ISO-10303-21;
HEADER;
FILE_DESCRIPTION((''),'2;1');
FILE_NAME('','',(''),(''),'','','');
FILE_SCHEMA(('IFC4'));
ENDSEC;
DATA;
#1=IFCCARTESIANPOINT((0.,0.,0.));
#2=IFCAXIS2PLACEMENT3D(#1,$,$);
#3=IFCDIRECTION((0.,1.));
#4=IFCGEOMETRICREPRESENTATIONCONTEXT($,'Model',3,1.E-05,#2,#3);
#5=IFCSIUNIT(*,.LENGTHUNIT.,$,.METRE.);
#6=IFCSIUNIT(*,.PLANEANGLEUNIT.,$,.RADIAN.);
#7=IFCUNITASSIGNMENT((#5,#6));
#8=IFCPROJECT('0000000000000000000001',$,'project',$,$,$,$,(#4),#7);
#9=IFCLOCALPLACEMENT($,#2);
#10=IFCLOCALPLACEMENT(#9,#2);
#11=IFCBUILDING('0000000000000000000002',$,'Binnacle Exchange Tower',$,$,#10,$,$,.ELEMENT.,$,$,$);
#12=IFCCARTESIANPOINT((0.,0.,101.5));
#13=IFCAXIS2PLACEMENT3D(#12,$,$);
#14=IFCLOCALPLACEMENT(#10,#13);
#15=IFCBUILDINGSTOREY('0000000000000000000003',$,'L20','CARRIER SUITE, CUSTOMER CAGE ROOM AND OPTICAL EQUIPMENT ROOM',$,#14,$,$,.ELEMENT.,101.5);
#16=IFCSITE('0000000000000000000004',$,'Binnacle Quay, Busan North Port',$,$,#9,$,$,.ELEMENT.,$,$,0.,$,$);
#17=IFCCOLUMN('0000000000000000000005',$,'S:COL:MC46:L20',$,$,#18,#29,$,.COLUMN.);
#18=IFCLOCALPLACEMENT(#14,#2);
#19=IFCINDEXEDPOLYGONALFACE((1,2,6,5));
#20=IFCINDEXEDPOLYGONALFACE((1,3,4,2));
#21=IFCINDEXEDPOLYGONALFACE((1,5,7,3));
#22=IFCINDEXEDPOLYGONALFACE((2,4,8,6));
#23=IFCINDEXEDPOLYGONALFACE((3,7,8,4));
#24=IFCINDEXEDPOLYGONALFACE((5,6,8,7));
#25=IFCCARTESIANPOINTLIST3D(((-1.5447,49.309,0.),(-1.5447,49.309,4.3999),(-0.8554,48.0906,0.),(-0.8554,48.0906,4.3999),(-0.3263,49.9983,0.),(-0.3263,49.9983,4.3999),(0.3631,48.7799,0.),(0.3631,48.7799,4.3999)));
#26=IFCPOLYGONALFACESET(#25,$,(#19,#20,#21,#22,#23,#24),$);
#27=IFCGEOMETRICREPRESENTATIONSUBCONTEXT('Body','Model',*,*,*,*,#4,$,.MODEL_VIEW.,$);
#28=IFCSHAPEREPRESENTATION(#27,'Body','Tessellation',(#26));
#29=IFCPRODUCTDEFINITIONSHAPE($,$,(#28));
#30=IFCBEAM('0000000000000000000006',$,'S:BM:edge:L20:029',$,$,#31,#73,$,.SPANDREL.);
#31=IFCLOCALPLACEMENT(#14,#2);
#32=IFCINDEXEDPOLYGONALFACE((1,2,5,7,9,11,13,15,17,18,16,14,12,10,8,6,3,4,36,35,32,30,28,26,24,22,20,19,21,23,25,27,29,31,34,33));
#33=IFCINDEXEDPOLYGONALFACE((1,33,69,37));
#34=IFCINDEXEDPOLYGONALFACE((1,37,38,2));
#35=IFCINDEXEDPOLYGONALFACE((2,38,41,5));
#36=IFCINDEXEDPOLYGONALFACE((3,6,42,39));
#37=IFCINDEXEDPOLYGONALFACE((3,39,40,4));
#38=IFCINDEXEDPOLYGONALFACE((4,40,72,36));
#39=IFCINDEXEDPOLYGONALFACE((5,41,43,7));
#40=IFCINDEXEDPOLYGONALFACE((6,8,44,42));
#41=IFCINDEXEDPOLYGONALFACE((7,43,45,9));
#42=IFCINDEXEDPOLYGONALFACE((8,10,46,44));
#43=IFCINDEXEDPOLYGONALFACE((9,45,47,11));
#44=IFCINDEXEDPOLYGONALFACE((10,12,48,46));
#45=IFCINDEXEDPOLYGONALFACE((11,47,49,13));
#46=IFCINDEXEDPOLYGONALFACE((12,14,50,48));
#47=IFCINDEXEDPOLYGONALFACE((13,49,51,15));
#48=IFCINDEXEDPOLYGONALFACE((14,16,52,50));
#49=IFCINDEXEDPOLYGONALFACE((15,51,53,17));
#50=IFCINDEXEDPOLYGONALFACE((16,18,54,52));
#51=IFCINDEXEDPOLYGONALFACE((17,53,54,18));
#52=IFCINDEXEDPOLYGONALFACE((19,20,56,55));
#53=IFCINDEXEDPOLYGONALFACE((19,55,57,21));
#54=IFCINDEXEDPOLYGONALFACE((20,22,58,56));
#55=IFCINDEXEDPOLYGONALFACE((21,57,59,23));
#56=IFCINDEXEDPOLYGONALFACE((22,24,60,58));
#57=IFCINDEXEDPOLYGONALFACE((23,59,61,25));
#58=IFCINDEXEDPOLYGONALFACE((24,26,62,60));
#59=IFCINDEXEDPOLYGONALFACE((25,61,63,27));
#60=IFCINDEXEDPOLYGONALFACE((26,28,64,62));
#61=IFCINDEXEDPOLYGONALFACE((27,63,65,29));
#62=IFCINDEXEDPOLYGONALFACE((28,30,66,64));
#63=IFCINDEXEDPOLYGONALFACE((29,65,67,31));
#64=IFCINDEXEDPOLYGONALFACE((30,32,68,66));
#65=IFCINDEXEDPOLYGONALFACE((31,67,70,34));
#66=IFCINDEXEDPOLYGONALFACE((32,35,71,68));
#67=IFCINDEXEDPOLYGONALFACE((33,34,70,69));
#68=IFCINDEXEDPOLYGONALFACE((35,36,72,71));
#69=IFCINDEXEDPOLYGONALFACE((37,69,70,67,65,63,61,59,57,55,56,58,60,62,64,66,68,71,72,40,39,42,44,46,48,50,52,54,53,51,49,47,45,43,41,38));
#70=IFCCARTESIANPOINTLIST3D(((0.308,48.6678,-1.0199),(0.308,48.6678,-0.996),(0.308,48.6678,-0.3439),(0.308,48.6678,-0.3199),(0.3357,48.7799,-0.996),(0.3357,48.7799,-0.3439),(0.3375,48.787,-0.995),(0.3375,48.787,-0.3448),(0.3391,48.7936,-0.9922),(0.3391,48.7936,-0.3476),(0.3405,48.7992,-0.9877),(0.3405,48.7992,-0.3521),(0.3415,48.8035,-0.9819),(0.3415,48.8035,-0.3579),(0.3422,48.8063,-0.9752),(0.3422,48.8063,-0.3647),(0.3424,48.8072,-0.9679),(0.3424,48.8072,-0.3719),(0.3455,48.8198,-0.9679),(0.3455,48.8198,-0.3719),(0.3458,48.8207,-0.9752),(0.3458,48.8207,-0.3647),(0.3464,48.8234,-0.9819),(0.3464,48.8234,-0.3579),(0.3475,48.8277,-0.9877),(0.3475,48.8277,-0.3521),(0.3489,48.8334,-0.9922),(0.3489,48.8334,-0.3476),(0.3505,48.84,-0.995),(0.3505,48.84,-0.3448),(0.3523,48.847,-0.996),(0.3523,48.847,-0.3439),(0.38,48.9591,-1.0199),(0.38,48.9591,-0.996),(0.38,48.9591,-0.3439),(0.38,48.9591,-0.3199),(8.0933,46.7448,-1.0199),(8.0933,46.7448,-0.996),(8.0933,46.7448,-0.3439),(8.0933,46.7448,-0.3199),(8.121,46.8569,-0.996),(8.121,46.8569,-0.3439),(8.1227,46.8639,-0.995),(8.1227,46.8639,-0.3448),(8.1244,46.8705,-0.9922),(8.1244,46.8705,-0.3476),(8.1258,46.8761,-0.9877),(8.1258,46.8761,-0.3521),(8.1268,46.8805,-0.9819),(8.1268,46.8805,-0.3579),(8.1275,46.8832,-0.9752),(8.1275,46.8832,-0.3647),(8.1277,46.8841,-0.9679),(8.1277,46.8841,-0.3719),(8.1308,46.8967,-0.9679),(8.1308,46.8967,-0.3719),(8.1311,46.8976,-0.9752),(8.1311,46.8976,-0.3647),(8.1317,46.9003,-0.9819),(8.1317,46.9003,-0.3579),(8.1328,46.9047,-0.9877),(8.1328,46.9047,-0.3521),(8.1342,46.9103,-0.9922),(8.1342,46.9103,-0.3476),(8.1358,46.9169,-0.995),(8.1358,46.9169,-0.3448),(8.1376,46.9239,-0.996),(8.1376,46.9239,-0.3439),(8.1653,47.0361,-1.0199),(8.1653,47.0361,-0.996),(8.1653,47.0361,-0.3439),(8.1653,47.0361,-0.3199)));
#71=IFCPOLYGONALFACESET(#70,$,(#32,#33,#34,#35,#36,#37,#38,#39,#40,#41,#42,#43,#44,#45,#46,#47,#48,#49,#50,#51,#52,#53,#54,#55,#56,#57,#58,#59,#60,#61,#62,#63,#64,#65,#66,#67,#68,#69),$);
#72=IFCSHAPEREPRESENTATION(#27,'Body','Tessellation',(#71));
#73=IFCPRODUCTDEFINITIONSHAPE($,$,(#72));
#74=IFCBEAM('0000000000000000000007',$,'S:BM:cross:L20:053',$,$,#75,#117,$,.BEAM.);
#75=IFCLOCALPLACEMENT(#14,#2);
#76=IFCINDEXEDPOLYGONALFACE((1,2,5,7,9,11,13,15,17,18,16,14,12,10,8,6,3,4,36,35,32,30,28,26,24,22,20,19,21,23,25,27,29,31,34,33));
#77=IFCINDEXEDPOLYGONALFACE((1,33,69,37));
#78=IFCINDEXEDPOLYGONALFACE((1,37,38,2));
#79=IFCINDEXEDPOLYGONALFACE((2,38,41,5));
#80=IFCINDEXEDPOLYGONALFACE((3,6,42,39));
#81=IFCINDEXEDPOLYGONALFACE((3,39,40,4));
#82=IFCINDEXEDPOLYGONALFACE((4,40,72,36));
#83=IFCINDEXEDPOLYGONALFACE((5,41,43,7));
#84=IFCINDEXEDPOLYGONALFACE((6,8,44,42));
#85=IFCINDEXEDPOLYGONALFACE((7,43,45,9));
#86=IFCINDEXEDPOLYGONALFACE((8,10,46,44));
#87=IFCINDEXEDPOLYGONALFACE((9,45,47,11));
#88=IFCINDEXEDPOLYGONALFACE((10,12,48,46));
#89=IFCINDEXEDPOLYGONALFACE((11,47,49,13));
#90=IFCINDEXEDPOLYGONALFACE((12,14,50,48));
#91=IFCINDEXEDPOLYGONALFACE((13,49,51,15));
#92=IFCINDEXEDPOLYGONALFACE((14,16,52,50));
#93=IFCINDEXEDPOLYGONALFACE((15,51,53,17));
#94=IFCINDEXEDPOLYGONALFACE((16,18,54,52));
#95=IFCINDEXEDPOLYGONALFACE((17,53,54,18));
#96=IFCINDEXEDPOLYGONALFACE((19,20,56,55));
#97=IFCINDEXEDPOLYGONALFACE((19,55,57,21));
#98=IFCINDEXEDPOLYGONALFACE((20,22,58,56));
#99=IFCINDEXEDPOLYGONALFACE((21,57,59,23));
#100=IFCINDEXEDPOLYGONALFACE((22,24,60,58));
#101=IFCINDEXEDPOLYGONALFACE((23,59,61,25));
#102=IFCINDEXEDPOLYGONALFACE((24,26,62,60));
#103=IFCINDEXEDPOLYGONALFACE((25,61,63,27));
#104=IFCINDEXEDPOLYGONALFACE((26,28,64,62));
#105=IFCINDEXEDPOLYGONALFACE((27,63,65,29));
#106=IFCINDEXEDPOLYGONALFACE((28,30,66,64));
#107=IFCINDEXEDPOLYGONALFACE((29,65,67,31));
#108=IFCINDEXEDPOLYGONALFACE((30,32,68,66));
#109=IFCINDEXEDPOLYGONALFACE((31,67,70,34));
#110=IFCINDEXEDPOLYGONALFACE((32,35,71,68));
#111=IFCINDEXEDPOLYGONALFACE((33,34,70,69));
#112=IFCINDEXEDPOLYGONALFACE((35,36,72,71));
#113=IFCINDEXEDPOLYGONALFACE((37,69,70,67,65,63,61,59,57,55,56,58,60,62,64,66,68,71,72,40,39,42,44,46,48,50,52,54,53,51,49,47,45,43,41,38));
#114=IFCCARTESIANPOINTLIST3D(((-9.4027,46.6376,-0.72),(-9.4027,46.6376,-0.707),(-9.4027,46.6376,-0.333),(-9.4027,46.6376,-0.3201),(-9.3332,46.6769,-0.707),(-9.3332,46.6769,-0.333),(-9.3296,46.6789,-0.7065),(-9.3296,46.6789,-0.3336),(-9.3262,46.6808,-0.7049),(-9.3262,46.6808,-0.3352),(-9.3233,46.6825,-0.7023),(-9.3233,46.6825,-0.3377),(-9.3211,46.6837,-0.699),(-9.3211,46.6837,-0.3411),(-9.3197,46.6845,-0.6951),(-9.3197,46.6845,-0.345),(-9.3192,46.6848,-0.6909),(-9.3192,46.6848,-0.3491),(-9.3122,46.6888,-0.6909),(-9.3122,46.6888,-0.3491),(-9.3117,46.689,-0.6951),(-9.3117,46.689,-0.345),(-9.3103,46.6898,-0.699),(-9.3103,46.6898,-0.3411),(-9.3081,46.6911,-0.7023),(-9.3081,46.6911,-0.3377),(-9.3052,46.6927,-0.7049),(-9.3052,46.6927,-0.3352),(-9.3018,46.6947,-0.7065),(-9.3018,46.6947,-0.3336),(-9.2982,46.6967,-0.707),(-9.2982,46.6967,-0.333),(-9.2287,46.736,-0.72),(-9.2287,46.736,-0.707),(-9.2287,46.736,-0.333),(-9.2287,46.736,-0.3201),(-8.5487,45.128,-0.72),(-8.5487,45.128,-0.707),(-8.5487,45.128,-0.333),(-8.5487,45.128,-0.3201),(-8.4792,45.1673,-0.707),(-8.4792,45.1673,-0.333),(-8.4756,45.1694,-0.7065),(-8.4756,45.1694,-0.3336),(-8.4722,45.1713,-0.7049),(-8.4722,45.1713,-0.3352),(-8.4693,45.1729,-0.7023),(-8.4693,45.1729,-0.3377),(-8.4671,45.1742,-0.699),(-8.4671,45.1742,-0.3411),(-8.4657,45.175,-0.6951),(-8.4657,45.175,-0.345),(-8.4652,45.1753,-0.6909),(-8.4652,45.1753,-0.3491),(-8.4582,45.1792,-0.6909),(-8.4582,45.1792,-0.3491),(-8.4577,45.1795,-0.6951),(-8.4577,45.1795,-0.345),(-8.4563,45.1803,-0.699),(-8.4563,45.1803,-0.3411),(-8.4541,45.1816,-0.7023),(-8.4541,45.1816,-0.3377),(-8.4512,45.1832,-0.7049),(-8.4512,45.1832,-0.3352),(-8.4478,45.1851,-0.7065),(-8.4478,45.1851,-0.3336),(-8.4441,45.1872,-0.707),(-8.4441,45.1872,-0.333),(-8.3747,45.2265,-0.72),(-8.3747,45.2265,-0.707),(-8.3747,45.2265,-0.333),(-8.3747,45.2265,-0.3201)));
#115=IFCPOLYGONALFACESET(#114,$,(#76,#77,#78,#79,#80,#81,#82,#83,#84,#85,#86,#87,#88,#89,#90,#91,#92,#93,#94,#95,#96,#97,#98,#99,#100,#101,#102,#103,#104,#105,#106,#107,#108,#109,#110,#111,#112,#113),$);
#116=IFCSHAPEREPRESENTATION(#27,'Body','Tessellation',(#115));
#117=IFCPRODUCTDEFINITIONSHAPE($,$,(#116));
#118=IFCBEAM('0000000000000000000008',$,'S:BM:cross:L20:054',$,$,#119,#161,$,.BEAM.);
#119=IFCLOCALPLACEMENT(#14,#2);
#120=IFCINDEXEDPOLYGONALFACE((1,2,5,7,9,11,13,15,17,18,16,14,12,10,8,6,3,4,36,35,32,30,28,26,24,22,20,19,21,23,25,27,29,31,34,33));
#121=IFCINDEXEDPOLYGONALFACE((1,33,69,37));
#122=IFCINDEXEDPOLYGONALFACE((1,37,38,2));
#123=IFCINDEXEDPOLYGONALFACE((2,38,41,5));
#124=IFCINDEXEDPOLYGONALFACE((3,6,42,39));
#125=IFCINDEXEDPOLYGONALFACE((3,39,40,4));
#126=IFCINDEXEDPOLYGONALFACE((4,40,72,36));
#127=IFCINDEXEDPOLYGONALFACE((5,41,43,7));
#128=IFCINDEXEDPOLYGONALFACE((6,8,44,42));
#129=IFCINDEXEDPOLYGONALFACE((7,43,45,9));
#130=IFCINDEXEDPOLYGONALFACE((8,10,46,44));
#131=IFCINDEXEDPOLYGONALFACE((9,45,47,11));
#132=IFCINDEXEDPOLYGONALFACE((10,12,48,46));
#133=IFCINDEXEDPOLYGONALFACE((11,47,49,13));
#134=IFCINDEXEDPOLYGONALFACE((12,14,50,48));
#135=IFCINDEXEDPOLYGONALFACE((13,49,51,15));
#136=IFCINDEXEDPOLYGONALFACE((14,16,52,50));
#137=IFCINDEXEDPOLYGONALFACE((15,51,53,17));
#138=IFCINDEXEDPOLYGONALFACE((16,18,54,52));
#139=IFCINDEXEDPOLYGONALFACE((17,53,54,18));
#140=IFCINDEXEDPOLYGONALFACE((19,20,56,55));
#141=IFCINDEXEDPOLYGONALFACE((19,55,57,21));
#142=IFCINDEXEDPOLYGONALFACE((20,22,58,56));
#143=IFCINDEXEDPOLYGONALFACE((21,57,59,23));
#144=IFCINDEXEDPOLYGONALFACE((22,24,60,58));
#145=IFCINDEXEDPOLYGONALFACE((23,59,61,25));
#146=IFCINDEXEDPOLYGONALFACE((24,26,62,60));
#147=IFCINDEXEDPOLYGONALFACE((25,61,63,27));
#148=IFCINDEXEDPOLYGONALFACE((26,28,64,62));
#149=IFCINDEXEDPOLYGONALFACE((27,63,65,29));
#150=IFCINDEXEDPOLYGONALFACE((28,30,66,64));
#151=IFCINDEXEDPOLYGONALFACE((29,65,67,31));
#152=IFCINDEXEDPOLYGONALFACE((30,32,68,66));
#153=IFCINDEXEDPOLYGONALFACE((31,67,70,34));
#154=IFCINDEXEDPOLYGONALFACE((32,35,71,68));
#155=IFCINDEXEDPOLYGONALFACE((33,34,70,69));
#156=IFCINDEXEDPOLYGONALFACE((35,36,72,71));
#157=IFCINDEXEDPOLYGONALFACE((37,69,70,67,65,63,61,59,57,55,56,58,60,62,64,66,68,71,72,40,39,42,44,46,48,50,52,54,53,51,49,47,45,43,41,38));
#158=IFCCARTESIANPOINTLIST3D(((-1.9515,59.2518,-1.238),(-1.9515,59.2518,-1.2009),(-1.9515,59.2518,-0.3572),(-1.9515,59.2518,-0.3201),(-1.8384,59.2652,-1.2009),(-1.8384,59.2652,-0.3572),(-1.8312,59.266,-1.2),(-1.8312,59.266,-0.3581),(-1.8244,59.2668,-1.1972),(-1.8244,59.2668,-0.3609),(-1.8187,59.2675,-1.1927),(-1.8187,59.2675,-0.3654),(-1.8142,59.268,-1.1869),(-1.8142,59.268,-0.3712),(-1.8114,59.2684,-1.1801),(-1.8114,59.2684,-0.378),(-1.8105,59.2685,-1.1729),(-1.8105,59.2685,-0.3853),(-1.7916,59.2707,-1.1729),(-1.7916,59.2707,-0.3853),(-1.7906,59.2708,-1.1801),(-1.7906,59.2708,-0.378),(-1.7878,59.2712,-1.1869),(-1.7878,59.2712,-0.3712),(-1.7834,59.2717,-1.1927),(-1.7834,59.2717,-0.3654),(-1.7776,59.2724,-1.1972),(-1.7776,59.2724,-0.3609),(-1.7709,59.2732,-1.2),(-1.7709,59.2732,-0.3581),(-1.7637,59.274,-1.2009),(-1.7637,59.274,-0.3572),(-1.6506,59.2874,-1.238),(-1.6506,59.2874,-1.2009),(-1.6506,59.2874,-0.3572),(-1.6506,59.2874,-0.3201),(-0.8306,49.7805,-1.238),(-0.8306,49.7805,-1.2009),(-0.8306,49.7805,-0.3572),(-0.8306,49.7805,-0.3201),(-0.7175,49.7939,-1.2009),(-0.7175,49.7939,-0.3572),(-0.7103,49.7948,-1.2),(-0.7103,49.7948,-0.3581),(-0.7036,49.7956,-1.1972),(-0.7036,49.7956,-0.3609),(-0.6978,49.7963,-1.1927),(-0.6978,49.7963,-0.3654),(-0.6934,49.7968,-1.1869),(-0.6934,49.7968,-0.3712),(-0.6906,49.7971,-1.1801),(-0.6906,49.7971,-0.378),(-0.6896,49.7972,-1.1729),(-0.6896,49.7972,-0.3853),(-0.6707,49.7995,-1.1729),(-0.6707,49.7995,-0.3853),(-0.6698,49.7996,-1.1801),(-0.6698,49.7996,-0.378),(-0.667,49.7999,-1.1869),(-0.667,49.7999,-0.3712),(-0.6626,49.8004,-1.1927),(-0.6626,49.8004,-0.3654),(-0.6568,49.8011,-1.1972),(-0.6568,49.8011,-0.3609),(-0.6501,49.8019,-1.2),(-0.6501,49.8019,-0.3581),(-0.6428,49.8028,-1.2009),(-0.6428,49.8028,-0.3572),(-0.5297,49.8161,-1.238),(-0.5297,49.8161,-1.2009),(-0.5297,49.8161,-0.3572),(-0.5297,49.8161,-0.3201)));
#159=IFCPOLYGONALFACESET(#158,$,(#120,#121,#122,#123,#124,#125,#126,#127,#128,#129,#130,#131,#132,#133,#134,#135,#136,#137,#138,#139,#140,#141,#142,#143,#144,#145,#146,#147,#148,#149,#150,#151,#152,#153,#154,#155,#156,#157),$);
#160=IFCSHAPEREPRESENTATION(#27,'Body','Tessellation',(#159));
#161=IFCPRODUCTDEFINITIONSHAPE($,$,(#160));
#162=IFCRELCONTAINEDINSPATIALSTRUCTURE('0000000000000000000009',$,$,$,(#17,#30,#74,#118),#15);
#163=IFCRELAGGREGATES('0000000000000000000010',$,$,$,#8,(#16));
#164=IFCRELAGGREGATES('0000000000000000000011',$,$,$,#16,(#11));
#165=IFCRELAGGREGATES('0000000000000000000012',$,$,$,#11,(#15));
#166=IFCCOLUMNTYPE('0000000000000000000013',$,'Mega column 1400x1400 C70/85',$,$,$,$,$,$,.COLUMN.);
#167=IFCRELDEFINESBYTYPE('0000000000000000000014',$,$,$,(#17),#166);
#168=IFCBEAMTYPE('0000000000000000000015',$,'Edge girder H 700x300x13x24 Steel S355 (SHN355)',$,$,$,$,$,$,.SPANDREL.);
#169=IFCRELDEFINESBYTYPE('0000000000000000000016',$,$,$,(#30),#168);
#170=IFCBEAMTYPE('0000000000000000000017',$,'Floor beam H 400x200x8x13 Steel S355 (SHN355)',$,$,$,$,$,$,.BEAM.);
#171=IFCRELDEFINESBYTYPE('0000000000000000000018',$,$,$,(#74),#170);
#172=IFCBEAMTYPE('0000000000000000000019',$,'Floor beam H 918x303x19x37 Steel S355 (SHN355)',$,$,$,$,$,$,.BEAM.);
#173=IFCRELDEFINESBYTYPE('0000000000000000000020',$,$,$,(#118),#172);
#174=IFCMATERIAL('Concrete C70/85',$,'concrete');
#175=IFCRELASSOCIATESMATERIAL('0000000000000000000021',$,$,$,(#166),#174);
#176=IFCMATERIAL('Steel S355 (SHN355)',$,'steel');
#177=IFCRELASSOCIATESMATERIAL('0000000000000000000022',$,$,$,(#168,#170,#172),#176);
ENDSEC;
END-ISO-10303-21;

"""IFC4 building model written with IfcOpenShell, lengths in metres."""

from ifc_helpers import new_model, si_unit, direction, frame, origin, origin_2d, place, context, subcontext, project, spatial, rectangle, i_section, extrude, material, material_profile, profile_set, type_object, element, save


model = new_model("IFC4")

# Units and contexts
model_context = context("Model", 3, precision=1e-05, world=origin(), true_north=direction((0.0, 1.0)))
body_context = subcontext(model_context, "Body", "Model", "MODEL_VIEW")
ifc_project = project(units=[si_unit("LENGTHUNIT", "METRE"), si_unit("PLANEANGLEUNIT", "RADIAN")], contexts=[model_context])

# Site, building, storey
site_placement = place(None, origin())
site = spatial("IfcSite", under=ifc_project, at=site_placement, Name="Binnacle Quay, Busan North Port", CompositionType="ELEMENT", RefElevation=0.0)
building_placement = place(site_placement, origin())
building = spatial("IfcBuilding", under=site, at=building_placement, Name="Binnacle Exchange Tower", CompositionType="ELEMENT")
storey_placement = place(building_placement, frame((0.0, 0.0, 101.5)))
storey = spatial("IfcBuildingStorey", under=building, at=storey_placement, Name="L20", Description="CARRIER SUITE, CUSTOMER CAGE ROOM AND OPTICAL EQUIPMENT ROOM", CompositionType="ELEMENT", Elevation=101.5)

# Column
ifc_material_1 = material(Name="Concrete C70/85", Category="concrete")
ifc_material_profile_1 = material_profile(ifc_material_1, rectangle(XDim=1.3999, YDim=1.3999, at=origin_2d()), Name="Mega column 1400x1400 C70/85")
ifc_profile_set_1 = profile_set([ifc_material_profile_1], Name="Concrete C70/85")
column_type = type_object("IfcColumnType", Name="Mega column 1400x1400 C70/85", PredefinedType="COLUMN", material=ifc_profile_set_1)
column_placement = place(storey_placement, frame((-0.5908, 49.0444, 0.0), z_axis=(0.0, 0.0, 1.0), x_axis=(0.870356, 0.492424, 0.0)))
element("IfcColumn", 1, at=column_placement, inside=storey, type_object=column_type, Name="S:COL:MC46:L20", PredefinedType="COLUMN", context=body_context, shape_type="SweptSolid", body=[
    extrude(rectangle(XDim=1.3999, YDim=1.3999, at=origin_2d()), origin(), (0.0, 0.0, 1.0), 4.3999),
])

# Beams
ifc_material_2 = material(Name="Steel S355 (SHN355)", Category="steel")
ifc_material_profile_2 = material_profile(ifc_material_2, i_section(OverallWidth=0.3, OverallDepth=0.7, WebThickness=0.0129, FlangeThickness=0.0239, FilletRadius=0.0281, at=origin_2d()), Name="H 700x300x13x24")
ifc_profile_set_2 = profile_set([ifc_material_profile_2], Name="Steel S355 (SHN355)")
beam_type_1 = type_object("IfcBeamType", Name="Edge girder H 700x300x13x24 Steel S355 (SHN355)", PredefinedType="SPANDREL", material=ifc_profile_set_2)
beam_1_placement = place(storey_placement, frame((0.344, 48.8135, -0.6699), z_axis=(0.970821, -0.239805, 0.0), x_axis=(0.239805, 0.970821, 0.0)))
element("IfcBeam", 2, at=beam_1_placement, inside=storey, type_object=beam_type_1, Name="S:BM:edge:L20:029", PredefinedType="SPANDREL", context=body_context, shape_type="SweptSolid", body=[
    extrude(i_section(OverallWidth=0.3, OverallDepth=0.7, WebThickness=0.0129, FlangeThickness=0.0239, FilletRadius=0.0281, at=origin_2d()), origin(), (0.0, 0.0, 1.0), 8.0193),
])
ifc_material_profile_3 = material_profile(ifc_material_2, i_section(OverallWidth=0.2, OverallDepth=0.3999, WebThickness=0.0081, FlangeThickness=0.0129, FilletRadius=0.0161, at=origin_2d()), Name="H 400x200x8x13")
ifc_profile_set_3 = profile_set([ifc_material_profile_3], Name="Steel S355 (SHN355)")
beam_type_2 = type_object("IfcBeamType", Name="Floor beam H 400x200x8x13 Steel S355 (SHN355)", PredefinedType="BEAM", material=ifc_profile_set_3)
beam_2_placement = place(storey_placement, frame((-8.4617, 45.1772, -0.52), z_axis=(-0.492405, 0.870366, 0.0), x_axis=(-0.870366, -0.492405, 0.0)))
element("IfcBeam", 3, at=beam_2_placement, inside=storey, type_object=beam_type_2, Name="S:BM:cross:L20:053", PredefinedType="BEAM", context=body_context, shape_type="SweptSolid", body=[
    extrude(i_section(OverallWidth=0.2, OverallDepth=0.3999, WebThickness=0.0081, FlangeThickness=0.0129, FilletRadius=0.0161, at=origin_2d()), origin(), (0.0, 0.0, 1.0), 1.7344),
])
ifc_material_profile_4 = material_profile(ifc_material_2, i_section(OverallWidth=0.303, OverallDepth=0.918, WebThickness=0.019, FlangeThickness=0.0371, FilletRadius=0.0281, at=origin_2d()), Name="H 918x303x19x37")
ifc_profile_set_4 = profile_set([ifc_material_profile_4], Name="Steel S355 (SHN355)")
beam_type_3 = type_object("IfcBeamType", Name="Floor beam H 918x303x19x37 Steel S355 (SHN355)", PredefinedType="BEAM", material=ifc_profile_set_4)
beam_3_placement = place(storey_placement, frame((-0.6802, 49.7983, -0.7791), z_axis=(-0.117523, 0.99307, 0.0), x_axis=(-0.99307, -0.117523, 0.0)))
element("IfcBeam", 4, at=beam_3_placement, inside=storey, type_object=beam_type_3, Name="S:BM:cross:L20:054", PredefinedType="BEAM", context=body_context, shape_type="SweptSolid", body=[
    extrude(i_section(OverallWidth=0.303, OverallDepth=0.918, WebThickness=0.019, FlangeThickness=0.0371, FilletRadius=0.0281, at=origin_2d()), origin(), (0.0, 0.0, 1.0), 9.5374),
])

save(model, "model.ifc")
